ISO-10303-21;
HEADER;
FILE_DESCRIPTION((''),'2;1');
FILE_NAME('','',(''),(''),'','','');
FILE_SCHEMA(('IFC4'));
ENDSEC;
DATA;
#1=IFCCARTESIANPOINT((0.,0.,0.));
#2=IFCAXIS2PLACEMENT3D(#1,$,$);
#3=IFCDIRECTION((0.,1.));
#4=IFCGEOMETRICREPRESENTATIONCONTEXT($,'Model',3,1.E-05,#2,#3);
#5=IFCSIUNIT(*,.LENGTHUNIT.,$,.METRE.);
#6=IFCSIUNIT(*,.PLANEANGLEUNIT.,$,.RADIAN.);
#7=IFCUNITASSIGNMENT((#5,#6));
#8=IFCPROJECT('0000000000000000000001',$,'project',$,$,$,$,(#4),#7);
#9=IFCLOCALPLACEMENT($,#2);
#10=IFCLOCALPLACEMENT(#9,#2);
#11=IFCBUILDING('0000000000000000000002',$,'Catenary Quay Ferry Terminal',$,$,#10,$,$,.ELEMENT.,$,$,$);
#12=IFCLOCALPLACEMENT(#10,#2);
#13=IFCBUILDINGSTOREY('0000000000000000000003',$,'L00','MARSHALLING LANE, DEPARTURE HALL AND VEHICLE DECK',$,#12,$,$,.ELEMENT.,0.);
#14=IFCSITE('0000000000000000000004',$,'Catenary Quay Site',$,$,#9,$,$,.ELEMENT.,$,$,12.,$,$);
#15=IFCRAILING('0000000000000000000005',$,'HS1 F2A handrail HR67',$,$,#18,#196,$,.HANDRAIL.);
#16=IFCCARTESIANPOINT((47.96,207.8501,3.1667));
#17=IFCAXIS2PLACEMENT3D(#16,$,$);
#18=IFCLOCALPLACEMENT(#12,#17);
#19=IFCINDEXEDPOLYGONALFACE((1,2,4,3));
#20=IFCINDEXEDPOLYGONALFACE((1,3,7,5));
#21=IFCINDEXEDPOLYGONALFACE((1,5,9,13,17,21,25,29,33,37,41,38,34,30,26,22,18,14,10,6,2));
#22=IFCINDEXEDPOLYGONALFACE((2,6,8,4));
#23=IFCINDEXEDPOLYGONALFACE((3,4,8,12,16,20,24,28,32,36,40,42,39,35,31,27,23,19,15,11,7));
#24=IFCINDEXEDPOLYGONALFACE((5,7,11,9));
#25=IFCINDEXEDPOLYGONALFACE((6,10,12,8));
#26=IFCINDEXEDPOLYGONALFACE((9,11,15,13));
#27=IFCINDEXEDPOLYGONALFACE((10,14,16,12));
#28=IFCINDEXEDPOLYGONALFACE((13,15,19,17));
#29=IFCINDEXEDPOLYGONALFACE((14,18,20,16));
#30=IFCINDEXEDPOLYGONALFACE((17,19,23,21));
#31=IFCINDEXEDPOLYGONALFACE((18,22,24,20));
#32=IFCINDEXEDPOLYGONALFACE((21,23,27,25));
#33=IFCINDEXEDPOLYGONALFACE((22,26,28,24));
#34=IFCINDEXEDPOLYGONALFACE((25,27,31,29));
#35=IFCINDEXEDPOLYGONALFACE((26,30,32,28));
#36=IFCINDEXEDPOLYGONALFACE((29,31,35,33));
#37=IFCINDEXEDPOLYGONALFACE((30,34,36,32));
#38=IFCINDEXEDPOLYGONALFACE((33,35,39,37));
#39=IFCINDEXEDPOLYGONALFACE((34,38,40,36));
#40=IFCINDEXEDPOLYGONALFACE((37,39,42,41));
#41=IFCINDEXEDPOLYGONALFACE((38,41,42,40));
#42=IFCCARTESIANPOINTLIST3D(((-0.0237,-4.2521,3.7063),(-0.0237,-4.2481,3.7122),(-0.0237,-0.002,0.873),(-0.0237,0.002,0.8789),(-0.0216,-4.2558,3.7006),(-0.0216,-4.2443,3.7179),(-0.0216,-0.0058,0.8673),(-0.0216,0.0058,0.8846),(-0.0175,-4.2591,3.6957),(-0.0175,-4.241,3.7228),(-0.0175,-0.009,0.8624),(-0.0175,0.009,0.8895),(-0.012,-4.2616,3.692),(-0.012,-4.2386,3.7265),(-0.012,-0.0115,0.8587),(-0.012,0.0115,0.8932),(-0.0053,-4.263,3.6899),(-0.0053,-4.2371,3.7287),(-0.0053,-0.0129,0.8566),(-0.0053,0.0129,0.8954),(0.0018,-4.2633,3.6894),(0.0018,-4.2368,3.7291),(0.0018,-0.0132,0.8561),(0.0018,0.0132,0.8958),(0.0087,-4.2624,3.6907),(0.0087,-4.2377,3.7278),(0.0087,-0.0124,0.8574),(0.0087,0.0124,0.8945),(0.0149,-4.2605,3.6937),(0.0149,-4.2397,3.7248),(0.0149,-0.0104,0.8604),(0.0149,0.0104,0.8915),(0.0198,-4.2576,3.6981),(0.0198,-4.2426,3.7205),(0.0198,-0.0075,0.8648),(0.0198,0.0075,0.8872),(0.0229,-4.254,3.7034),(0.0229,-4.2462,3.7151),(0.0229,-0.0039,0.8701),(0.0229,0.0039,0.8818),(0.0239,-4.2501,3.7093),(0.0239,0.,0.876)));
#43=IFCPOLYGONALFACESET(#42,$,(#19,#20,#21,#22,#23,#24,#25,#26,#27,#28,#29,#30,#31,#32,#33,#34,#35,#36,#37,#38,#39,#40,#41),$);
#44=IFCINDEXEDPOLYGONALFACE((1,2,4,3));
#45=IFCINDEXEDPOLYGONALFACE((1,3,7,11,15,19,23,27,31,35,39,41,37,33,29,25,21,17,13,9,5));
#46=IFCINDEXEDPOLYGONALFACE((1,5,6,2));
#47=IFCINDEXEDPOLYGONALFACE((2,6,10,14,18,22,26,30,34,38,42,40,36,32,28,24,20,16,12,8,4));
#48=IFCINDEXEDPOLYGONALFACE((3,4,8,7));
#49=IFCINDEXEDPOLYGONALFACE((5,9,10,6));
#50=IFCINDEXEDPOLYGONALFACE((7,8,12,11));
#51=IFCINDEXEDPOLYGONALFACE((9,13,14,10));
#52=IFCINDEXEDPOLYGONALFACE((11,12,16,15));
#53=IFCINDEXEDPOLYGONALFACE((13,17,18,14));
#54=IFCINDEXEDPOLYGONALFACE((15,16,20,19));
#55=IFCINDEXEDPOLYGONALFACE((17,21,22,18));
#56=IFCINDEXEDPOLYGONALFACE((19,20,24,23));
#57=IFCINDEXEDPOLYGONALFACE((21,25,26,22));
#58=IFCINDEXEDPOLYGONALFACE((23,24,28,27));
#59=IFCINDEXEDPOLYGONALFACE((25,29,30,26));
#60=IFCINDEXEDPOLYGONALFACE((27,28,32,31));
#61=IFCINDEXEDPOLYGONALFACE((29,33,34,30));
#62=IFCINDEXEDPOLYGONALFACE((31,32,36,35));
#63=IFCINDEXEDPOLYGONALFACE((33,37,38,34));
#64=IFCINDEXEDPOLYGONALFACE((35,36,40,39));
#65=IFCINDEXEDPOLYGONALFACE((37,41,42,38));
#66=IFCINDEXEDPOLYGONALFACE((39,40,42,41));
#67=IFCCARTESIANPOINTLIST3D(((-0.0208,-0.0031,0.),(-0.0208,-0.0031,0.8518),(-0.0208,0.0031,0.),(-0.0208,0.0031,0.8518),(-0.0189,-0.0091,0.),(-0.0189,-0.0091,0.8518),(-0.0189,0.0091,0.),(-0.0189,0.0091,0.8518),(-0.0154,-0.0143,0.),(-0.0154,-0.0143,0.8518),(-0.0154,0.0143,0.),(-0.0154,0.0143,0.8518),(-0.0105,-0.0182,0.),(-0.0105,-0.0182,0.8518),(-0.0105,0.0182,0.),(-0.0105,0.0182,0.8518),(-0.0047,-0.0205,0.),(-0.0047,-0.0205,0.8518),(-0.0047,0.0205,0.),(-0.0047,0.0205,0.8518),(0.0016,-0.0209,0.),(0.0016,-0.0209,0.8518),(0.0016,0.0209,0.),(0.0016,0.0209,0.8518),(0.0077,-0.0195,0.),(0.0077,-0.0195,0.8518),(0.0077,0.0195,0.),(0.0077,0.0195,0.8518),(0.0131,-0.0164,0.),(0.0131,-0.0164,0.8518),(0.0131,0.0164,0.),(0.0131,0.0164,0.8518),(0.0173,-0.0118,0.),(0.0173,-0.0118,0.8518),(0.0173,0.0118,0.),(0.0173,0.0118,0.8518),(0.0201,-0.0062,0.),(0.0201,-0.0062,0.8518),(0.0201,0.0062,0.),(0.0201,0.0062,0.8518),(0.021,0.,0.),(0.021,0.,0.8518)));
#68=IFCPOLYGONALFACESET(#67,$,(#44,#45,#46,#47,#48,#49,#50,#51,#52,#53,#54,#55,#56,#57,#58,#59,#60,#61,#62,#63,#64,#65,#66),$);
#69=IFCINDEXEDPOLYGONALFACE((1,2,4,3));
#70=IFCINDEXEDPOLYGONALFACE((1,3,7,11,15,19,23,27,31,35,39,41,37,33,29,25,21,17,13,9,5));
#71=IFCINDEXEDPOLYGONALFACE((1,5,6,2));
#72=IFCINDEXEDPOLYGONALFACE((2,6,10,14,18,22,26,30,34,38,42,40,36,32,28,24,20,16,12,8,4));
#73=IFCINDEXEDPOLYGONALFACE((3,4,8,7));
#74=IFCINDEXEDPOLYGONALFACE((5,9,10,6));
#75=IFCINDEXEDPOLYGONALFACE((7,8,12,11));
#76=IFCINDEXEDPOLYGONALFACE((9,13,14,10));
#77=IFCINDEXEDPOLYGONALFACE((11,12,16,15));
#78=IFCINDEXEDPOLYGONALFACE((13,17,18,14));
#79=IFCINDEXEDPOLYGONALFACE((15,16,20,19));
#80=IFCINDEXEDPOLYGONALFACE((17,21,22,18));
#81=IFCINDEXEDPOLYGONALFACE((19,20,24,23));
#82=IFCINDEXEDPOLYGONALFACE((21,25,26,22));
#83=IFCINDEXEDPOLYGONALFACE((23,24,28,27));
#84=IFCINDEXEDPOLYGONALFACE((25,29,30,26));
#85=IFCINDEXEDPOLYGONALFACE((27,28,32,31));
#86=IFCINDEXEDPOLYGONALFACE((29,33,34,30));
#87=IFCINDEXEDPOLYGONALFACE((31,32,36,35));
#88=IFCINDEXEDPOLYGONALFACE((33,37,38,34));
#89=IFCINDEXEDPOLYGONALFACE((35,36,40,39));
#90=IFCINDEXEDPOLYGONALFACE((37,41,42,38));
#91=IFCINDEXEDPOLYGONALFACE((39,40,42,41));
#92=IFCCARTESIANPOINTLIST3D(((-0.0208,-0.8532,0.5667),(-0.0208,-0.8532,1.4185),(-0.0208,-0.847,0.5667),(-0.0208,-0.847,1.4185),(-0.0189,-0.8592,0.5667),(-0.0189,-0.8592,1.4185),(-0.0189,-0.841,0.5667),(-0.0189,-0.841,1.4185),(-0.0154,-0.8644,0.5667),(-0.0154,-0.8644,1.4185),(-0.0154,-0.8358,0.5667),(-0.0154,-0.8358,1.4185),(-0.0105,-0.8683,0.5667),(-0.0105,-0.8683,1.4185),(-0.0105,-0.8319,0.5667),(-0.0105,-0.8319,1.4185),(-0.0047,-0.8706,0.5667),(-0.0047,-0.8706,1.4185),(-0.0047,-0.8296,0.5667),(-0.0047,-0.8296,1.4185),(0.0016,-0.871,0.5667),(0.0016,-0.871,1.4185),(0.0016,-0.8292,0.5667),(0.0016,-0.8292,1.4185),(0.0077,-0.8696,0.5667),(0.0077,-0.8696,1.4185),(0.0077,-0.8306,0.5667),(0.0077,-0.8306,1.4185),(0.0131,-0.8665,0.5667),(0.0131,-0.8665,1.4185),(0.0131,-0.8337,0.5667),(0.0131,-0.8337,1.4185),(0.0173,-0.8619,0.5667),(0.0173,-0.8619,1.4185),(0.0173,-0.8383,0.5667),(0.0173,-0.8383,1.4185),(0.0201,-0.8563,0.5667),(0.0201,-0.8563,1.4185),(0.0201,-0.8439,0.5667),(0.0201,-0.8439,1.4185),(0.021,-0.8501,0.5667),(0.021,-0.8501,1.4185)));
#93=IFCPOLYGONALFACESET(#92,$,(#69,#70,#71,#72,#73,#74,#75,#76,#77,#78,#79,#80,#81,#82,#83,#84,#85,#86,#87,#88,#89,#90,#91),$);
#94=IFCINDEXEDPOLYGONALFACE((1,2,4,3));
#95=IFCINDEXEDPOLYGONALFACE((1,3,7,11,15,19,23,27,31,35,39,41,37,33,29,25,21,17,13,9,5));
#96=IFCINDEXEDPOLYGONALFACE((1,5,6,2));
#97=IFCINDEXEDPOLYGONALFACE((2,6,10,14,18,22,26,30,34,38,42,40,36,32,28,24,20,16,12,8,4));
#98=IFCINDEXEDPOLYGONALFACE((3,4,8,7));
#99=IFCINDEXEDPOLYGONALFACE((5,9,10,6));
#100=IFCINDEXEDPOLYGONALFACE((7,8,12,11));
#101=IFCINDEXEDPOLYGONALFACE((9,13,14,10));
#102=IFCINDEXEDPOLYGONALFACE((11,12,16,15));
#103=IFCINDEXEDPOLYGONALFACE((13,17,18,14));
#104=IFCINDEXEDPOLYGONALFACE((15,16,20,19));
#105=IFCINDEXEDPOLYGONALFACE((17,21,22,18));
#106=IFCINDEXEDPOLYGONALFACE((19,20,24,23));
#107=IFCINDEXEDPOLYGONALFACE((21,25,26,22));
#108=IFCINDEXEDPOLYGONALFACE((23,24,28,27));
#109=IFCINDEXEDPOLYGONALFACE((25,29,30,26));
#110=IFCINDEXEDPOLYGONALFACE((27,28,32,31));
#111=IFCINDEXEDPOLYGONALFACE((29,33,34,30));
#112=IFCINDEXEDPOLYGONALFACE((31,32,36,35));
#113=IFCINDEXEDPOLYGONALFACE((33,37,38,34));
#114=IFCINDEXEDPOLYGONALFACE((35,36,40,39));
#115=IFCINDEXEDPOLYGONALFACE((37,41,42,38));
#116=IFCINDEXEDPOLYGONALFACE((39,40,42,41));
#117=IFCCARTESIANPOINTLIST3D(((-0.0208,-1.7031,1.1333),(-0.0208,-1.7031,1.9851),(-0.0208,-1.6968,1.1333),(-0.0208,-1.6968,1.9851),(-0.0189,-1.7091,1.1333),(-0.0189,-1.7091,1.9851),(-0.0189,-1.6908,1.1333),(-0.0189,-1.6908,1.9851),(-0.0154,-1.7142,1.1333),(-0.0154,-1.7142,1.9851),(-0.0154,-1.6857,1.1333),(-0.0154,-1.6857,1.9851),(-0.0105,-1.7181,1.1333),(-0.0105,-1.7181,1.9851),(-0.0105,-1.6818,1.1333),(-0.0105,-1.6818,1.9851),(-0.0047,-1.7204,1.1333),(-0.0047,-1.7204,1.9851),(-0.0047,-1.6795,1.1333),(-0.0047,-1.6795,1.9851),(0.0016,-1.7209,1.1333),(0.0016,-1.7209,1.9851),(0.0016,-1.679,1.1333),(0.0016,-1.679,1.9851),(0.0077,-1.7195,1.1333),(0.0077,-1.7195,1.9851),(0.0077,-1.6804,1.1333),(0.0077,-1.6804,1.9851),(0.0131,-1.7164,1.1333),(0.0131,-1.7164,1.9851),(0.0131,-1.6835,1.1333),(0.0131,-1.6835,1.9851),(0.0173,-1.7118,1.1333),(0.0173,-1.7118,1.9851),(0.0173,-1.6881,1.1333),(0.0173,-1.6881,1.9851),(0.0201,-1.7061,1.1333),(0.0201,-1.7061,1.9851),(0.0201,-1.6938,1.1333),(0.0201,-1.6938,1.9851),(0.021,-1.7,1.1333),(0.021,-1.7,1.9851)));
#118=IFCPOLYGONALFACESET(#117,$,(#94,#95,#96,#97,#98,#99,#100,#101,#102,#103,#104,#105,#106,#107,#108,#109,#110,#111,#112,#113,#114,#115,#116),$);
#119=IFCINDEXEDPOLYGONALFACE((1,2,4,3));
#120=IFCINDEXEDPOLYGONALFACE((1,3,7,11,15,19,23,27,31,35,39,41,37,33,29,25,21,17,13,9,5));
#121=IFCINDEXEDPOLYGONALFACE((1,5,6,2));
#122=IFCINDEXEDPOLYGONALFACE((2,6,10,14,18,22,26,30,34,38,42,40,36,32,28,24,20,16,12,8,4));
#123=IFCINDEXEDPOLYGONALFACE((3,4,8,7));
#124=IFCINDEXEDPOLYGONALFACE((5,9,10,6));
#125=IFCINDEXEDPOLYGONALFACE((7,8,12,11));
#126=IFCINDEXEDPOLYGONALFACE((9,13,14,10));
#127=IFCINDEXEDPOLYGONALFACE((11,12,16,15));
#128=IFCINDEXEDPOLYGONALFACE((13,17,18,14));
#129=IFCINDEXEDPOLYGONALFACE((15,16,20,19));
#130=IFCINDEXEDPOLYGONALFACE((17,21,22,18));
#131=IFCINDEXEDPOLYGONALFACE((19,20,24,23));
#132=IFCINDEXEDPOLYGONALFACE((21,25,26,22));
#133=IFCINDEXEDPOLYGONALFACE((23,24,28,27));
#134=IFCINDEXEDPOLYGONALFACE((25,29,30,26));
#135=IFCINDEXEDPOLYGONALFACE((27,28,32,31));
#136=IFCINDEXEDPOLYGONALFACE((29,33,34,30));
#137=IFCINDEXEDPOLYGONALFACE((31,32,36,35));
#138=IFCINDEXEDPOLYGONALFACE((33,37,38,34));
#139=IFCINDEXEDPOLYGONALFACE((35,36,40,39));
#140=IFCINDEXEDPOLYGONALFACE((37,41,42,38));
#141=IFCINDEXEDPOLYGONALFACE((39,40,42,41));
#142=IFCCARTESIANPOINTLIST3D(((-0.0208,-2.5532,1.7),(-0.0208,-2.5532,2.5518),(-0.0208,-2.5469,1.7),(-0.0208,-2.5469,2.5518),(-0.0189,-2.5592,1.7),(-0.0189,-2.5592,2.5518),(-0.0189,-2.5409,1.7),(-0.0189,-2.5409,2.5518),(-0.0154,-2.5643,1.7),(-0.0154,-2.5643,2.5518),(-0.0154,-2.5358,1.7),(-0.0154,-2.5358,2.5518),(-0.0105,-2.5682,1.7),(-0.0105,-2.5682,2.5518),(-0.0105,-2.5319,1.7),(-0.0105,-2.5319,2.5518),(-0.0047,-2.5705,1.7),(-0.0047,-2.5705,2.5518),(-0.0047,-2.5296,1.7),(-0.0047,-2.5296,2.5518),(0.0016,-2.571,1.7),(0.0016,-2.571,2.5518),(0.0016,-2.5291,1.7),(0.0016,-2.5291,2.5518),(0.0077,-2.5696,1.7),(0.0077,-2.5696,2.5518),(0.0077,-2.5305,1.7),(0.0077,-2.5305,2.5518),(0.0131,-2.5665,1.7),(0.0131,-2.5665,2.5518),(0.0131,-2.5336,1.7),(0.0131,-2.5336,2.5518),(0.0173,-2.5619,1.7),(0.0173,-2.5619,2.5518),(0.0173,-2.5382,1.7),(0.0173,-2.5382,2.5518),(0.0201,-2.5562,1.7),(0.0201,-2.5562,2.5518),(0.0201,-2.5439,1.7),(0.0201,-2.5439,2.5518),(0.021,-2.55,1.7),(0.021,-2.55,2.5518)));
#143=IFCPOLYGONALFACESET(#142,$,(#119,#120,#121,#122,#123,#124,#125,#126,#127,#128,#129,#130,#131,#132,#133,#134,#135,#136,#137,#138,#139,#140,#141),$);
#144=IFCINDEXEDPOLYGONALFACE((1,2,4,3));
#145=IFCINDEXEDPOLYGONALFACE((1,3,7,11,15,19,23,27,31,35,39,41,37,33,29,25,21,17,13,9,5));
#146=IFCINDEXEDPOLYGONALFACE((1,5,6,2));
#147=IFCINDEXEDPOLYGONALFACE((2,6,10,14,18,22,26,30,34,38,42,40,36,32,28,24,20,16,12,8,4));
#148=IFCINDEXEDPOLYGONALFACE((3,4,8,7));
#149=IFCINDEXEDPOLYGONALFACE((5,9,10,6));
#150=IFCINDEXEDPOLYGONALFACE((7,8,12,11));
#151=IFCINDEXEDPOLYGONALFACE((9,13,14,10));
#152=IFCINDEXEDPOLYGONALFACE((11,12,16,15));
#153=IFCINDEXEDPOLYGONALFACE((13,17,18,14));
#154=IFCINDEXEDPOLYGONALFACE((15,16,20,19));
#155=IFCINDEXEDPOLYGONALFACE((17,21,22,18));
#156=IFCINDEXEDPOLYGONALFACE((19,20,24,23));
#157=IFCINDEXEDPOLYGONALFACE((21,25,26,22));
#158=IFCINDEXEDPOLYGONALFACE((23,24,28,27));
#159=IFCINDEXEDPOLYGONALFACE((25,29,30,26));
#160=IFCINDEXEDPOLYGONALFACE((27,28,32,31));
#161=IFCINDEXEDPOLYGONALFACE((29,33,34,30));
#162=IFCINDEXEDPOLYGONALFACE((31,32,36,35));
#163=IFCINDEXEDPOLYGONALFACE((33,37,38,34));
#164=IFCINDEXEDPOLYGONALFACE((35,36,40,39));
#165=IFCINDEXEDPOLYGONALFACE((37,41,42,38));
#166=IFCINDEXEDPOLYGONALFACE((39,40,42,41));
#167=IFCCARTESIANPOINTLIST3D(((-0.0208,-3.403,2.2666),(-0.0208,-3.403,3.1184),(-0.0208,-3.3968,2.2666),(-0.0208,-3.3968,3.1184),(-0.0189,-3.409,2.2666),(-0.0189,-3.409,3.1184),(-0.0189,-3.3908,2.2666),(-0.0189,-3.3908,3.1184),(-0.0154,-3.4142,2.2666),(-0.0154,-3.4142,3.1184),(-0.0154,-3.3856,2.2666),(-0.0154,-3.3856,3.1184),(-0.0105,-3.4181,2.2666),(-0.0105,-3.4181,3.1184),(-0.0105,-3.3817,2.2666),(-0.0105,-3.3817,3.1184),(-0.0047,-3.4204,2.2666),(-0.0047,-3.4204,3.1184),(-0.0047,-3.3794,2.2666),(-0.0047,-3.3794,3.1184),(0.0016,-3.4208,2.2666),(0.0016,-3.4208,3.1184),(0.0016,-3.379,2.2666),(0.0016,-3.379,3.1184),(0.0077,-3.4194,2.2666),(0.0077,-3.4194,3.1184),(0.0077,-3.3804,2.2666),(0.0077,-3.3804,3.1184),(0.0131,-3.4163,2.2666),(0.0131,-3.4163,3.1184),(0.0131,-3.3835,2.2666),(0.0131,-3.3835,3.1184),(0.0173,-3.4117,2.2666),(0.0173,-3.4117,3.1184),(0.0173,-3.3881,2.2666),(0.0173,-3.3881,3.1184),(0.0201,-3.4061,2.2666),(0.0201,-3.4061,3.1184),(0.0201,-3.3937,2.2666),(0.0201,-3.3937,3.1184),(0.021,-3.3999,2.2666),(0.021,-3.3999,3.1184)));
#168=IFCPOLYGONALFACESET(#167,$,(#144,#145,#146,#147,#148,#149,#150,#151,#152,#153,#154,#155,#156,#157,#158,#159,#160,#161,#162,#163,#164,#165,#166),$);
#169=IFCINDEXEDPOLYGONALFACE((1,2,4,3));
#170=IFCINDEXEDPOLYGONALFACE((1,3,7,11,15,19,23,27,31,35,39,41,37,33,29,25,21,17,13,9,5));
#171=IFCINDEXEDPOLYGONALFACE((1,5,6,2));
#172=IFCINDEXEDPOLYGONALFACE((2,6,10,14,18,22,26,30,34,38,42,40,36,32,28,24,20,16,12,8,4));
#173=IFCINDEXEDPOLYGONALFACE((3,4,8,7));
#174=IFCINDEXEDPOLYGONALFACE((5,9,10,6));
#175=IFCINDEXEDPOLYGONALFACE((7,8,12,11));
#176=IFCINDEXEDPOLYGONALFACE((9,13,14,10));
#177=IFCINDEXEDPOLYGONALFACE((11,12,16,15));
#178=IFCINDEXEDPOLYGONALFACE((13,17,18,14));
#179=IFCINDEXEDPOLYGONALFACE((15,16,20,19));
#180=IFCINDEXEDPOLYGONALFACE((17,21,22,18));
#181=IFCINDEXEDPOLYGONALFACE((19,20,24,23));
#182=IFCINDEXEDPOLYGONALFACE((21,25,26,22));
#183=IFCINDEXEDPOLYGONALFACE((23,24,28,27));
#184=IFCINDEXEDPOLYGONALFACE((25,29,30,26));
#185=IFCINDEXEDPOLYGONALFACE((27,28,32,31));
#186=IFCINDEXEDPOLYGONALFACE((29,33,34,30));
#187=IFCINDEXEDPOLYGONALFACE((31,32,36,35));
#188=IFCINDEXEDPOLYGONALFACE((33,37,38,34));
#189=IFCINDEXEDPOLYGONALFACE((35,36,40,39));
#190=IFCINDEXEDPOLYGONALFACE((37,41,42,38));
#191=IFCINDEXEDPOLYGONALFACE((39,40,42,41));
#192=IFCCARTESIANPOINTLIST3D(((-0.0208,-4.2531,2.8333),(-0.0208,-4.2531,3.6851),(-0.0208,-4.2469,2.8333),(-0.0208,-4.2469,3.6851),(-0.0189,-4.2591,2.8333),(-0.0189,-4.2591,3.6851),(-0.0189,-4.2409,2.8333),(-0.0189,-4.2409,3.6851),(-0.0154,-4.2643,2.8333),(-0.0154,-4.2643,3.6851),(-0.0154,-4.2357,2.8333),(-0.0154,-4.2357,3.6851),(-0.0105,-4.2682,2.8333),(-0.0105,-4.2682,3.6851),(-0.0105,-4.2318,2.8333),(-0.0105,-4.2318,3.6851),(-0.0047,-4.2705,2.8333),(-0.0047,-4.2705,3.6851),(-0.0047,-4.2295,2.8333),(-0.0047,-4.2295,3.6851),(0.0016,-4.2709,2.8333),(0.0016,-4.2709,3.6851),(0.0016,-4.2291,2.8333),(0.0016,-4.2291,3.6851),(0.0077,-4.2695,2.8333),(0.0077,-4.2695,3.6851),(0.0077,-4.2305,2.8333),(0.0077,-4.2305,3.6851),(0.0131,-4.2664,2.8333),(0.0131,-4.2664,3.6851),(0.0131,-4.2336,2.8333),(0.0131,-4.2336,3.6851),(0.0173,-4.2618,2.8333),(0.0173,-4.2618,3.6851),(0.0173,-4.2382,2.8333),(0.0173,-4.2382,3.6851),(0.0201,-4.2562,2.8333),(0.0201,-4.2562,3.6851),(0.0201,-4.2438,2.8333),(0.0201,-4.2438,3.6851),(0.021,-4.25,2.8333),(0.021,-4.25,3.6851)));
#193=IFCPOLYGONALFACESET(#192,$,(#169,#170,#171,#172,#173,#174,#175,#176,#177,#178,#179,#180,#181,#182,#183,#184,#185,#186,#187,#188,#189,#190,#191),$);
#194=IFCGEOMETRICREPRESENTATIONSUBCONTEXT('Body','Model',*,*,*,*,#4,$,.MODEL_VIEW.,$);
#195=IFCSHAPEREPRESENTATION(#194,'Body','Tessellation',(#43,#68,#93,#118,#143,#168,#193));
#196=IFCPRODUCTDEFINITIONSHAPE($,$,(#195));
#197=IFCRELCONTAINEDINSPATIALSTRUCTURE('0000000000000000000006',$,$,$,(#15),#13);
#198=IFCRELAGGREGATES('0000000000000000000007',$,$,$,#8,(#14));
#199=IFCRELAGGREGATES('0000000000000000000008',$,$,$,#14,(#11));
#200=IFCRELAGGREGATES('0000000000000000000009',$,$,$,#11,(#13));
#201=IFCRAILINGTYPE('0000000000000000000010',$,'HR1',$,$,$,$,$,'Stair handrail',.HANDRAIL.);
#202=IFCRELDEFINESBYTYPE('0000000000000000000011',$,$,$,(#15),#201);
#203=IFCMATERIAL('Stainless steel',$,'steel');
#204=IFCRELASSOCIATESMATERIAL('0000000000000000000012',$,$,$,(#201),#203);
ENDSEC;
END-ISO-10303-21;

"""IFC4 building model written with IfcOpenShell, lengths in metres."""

from ifc_helpers import new_model, si_unit, direction, frame, origin, origin_2d, place, context, subcontext, project, spatial, circle, extrude, material, type_object, element, save


model = new_model("IFC4")

# Units and contexts
model_context = context("Model", 3, precision=1e-05, world=origin(), true_north=direction((0.0, 1.0)))
body_context = subcontext(model_context, "Body", "Model", "MODEL_VIEW")
ifc_project = project(units=[si_unit("LENGTHUNIT", "METRE"), si_unit("PLANEANGLEUNIT", "RADIAN")], contexts=[model_context])

# Site, building, storey
site_placement = place(None, origin())
site = spatial("IfcSite", under=ifc_project, at=site_placement, Name="Catenary Quay Site", CompositionType="ELEMENT", RefElevation=12.0)
building_placement = place(site_placement, origin())
building = spatial("IfcBuilding", under=site, at=building_placement, Name="Catenary Quay Ferry Terminal", CompositionType="ELEMENT")
storey_placement = place(building_placement, origin())
storey = spatial("IfcBuildingStorey", under=building, at=storey_placement, Name="L00", Description="MARSHALLING LANE, DEPARTURE HALL AND VEHICLE DECK", CompositionType="ELEMENT", Elevation=0.0)

# Railing
ifc_material_1 = material(Name="Stainless steel", Category="steel")
railing_type_1 = type_object("IfcRailingType", Name="HR1", ElementType="Stair handrail", PredefinedType="HANDRAIL", material=ifc_material_1)
for number, where, name in (
    (1, (47.96, 207.8501, 3.1667), "HS1 F2A handrail HR67"),
):
    element("IfcRailing", number, at=place(storey_placement, frame(where)), inside=storey, type_object=railing_type_1, Name=name, PredefinedType="HANDRAIL", context=body_context, shape_type="SweptSolid", body=[
        extrude(circle(Radius=0.0239, at=origin_2d()), frame((0.0, 0.0, 0.876), z_axis=(0.0, -0.832058, 0.554689), x_axis=(1.0, 0.0, 0.0)), (0.0, 0.0, 1.0), 5.1079),
        extrude(circle(Radius=0.021, at=origin_2d()), origin(), (0.0, 0.0, 1.0), 0.8518),
        extrude(circle(Radius=0.021, at=origin_2d()), frame((0.0, -0.8501, 0.5667)), (0.0, 0.0, 1.0), 0.8518),
        extrude(circle(Radius=0.021, at=origin_2d()), frame((0.0, -1.7, 1.1333)), (0.0, 0.0, 1.0), 0.8518),
        extrude(circle(Radius=0.021, at=origin_2d()), frame((0.0, -2.55, 1.7)), (0.0, 0.0, 1.0), 0.8518),
        extrude(circle(Radius=0.021, at=origin_2d()), frame((0.0, -3.3999, 2.2666)), (0.0, 0.0, 1.0), 0.8518),
        extrude(circle(Radius=0.021, at=origin_2d()), frame((0.0, -4.25, 2.8333)), (0.0, 0.0, 1.0), 0.8518),
    ])

save(model, "model.ifc")
